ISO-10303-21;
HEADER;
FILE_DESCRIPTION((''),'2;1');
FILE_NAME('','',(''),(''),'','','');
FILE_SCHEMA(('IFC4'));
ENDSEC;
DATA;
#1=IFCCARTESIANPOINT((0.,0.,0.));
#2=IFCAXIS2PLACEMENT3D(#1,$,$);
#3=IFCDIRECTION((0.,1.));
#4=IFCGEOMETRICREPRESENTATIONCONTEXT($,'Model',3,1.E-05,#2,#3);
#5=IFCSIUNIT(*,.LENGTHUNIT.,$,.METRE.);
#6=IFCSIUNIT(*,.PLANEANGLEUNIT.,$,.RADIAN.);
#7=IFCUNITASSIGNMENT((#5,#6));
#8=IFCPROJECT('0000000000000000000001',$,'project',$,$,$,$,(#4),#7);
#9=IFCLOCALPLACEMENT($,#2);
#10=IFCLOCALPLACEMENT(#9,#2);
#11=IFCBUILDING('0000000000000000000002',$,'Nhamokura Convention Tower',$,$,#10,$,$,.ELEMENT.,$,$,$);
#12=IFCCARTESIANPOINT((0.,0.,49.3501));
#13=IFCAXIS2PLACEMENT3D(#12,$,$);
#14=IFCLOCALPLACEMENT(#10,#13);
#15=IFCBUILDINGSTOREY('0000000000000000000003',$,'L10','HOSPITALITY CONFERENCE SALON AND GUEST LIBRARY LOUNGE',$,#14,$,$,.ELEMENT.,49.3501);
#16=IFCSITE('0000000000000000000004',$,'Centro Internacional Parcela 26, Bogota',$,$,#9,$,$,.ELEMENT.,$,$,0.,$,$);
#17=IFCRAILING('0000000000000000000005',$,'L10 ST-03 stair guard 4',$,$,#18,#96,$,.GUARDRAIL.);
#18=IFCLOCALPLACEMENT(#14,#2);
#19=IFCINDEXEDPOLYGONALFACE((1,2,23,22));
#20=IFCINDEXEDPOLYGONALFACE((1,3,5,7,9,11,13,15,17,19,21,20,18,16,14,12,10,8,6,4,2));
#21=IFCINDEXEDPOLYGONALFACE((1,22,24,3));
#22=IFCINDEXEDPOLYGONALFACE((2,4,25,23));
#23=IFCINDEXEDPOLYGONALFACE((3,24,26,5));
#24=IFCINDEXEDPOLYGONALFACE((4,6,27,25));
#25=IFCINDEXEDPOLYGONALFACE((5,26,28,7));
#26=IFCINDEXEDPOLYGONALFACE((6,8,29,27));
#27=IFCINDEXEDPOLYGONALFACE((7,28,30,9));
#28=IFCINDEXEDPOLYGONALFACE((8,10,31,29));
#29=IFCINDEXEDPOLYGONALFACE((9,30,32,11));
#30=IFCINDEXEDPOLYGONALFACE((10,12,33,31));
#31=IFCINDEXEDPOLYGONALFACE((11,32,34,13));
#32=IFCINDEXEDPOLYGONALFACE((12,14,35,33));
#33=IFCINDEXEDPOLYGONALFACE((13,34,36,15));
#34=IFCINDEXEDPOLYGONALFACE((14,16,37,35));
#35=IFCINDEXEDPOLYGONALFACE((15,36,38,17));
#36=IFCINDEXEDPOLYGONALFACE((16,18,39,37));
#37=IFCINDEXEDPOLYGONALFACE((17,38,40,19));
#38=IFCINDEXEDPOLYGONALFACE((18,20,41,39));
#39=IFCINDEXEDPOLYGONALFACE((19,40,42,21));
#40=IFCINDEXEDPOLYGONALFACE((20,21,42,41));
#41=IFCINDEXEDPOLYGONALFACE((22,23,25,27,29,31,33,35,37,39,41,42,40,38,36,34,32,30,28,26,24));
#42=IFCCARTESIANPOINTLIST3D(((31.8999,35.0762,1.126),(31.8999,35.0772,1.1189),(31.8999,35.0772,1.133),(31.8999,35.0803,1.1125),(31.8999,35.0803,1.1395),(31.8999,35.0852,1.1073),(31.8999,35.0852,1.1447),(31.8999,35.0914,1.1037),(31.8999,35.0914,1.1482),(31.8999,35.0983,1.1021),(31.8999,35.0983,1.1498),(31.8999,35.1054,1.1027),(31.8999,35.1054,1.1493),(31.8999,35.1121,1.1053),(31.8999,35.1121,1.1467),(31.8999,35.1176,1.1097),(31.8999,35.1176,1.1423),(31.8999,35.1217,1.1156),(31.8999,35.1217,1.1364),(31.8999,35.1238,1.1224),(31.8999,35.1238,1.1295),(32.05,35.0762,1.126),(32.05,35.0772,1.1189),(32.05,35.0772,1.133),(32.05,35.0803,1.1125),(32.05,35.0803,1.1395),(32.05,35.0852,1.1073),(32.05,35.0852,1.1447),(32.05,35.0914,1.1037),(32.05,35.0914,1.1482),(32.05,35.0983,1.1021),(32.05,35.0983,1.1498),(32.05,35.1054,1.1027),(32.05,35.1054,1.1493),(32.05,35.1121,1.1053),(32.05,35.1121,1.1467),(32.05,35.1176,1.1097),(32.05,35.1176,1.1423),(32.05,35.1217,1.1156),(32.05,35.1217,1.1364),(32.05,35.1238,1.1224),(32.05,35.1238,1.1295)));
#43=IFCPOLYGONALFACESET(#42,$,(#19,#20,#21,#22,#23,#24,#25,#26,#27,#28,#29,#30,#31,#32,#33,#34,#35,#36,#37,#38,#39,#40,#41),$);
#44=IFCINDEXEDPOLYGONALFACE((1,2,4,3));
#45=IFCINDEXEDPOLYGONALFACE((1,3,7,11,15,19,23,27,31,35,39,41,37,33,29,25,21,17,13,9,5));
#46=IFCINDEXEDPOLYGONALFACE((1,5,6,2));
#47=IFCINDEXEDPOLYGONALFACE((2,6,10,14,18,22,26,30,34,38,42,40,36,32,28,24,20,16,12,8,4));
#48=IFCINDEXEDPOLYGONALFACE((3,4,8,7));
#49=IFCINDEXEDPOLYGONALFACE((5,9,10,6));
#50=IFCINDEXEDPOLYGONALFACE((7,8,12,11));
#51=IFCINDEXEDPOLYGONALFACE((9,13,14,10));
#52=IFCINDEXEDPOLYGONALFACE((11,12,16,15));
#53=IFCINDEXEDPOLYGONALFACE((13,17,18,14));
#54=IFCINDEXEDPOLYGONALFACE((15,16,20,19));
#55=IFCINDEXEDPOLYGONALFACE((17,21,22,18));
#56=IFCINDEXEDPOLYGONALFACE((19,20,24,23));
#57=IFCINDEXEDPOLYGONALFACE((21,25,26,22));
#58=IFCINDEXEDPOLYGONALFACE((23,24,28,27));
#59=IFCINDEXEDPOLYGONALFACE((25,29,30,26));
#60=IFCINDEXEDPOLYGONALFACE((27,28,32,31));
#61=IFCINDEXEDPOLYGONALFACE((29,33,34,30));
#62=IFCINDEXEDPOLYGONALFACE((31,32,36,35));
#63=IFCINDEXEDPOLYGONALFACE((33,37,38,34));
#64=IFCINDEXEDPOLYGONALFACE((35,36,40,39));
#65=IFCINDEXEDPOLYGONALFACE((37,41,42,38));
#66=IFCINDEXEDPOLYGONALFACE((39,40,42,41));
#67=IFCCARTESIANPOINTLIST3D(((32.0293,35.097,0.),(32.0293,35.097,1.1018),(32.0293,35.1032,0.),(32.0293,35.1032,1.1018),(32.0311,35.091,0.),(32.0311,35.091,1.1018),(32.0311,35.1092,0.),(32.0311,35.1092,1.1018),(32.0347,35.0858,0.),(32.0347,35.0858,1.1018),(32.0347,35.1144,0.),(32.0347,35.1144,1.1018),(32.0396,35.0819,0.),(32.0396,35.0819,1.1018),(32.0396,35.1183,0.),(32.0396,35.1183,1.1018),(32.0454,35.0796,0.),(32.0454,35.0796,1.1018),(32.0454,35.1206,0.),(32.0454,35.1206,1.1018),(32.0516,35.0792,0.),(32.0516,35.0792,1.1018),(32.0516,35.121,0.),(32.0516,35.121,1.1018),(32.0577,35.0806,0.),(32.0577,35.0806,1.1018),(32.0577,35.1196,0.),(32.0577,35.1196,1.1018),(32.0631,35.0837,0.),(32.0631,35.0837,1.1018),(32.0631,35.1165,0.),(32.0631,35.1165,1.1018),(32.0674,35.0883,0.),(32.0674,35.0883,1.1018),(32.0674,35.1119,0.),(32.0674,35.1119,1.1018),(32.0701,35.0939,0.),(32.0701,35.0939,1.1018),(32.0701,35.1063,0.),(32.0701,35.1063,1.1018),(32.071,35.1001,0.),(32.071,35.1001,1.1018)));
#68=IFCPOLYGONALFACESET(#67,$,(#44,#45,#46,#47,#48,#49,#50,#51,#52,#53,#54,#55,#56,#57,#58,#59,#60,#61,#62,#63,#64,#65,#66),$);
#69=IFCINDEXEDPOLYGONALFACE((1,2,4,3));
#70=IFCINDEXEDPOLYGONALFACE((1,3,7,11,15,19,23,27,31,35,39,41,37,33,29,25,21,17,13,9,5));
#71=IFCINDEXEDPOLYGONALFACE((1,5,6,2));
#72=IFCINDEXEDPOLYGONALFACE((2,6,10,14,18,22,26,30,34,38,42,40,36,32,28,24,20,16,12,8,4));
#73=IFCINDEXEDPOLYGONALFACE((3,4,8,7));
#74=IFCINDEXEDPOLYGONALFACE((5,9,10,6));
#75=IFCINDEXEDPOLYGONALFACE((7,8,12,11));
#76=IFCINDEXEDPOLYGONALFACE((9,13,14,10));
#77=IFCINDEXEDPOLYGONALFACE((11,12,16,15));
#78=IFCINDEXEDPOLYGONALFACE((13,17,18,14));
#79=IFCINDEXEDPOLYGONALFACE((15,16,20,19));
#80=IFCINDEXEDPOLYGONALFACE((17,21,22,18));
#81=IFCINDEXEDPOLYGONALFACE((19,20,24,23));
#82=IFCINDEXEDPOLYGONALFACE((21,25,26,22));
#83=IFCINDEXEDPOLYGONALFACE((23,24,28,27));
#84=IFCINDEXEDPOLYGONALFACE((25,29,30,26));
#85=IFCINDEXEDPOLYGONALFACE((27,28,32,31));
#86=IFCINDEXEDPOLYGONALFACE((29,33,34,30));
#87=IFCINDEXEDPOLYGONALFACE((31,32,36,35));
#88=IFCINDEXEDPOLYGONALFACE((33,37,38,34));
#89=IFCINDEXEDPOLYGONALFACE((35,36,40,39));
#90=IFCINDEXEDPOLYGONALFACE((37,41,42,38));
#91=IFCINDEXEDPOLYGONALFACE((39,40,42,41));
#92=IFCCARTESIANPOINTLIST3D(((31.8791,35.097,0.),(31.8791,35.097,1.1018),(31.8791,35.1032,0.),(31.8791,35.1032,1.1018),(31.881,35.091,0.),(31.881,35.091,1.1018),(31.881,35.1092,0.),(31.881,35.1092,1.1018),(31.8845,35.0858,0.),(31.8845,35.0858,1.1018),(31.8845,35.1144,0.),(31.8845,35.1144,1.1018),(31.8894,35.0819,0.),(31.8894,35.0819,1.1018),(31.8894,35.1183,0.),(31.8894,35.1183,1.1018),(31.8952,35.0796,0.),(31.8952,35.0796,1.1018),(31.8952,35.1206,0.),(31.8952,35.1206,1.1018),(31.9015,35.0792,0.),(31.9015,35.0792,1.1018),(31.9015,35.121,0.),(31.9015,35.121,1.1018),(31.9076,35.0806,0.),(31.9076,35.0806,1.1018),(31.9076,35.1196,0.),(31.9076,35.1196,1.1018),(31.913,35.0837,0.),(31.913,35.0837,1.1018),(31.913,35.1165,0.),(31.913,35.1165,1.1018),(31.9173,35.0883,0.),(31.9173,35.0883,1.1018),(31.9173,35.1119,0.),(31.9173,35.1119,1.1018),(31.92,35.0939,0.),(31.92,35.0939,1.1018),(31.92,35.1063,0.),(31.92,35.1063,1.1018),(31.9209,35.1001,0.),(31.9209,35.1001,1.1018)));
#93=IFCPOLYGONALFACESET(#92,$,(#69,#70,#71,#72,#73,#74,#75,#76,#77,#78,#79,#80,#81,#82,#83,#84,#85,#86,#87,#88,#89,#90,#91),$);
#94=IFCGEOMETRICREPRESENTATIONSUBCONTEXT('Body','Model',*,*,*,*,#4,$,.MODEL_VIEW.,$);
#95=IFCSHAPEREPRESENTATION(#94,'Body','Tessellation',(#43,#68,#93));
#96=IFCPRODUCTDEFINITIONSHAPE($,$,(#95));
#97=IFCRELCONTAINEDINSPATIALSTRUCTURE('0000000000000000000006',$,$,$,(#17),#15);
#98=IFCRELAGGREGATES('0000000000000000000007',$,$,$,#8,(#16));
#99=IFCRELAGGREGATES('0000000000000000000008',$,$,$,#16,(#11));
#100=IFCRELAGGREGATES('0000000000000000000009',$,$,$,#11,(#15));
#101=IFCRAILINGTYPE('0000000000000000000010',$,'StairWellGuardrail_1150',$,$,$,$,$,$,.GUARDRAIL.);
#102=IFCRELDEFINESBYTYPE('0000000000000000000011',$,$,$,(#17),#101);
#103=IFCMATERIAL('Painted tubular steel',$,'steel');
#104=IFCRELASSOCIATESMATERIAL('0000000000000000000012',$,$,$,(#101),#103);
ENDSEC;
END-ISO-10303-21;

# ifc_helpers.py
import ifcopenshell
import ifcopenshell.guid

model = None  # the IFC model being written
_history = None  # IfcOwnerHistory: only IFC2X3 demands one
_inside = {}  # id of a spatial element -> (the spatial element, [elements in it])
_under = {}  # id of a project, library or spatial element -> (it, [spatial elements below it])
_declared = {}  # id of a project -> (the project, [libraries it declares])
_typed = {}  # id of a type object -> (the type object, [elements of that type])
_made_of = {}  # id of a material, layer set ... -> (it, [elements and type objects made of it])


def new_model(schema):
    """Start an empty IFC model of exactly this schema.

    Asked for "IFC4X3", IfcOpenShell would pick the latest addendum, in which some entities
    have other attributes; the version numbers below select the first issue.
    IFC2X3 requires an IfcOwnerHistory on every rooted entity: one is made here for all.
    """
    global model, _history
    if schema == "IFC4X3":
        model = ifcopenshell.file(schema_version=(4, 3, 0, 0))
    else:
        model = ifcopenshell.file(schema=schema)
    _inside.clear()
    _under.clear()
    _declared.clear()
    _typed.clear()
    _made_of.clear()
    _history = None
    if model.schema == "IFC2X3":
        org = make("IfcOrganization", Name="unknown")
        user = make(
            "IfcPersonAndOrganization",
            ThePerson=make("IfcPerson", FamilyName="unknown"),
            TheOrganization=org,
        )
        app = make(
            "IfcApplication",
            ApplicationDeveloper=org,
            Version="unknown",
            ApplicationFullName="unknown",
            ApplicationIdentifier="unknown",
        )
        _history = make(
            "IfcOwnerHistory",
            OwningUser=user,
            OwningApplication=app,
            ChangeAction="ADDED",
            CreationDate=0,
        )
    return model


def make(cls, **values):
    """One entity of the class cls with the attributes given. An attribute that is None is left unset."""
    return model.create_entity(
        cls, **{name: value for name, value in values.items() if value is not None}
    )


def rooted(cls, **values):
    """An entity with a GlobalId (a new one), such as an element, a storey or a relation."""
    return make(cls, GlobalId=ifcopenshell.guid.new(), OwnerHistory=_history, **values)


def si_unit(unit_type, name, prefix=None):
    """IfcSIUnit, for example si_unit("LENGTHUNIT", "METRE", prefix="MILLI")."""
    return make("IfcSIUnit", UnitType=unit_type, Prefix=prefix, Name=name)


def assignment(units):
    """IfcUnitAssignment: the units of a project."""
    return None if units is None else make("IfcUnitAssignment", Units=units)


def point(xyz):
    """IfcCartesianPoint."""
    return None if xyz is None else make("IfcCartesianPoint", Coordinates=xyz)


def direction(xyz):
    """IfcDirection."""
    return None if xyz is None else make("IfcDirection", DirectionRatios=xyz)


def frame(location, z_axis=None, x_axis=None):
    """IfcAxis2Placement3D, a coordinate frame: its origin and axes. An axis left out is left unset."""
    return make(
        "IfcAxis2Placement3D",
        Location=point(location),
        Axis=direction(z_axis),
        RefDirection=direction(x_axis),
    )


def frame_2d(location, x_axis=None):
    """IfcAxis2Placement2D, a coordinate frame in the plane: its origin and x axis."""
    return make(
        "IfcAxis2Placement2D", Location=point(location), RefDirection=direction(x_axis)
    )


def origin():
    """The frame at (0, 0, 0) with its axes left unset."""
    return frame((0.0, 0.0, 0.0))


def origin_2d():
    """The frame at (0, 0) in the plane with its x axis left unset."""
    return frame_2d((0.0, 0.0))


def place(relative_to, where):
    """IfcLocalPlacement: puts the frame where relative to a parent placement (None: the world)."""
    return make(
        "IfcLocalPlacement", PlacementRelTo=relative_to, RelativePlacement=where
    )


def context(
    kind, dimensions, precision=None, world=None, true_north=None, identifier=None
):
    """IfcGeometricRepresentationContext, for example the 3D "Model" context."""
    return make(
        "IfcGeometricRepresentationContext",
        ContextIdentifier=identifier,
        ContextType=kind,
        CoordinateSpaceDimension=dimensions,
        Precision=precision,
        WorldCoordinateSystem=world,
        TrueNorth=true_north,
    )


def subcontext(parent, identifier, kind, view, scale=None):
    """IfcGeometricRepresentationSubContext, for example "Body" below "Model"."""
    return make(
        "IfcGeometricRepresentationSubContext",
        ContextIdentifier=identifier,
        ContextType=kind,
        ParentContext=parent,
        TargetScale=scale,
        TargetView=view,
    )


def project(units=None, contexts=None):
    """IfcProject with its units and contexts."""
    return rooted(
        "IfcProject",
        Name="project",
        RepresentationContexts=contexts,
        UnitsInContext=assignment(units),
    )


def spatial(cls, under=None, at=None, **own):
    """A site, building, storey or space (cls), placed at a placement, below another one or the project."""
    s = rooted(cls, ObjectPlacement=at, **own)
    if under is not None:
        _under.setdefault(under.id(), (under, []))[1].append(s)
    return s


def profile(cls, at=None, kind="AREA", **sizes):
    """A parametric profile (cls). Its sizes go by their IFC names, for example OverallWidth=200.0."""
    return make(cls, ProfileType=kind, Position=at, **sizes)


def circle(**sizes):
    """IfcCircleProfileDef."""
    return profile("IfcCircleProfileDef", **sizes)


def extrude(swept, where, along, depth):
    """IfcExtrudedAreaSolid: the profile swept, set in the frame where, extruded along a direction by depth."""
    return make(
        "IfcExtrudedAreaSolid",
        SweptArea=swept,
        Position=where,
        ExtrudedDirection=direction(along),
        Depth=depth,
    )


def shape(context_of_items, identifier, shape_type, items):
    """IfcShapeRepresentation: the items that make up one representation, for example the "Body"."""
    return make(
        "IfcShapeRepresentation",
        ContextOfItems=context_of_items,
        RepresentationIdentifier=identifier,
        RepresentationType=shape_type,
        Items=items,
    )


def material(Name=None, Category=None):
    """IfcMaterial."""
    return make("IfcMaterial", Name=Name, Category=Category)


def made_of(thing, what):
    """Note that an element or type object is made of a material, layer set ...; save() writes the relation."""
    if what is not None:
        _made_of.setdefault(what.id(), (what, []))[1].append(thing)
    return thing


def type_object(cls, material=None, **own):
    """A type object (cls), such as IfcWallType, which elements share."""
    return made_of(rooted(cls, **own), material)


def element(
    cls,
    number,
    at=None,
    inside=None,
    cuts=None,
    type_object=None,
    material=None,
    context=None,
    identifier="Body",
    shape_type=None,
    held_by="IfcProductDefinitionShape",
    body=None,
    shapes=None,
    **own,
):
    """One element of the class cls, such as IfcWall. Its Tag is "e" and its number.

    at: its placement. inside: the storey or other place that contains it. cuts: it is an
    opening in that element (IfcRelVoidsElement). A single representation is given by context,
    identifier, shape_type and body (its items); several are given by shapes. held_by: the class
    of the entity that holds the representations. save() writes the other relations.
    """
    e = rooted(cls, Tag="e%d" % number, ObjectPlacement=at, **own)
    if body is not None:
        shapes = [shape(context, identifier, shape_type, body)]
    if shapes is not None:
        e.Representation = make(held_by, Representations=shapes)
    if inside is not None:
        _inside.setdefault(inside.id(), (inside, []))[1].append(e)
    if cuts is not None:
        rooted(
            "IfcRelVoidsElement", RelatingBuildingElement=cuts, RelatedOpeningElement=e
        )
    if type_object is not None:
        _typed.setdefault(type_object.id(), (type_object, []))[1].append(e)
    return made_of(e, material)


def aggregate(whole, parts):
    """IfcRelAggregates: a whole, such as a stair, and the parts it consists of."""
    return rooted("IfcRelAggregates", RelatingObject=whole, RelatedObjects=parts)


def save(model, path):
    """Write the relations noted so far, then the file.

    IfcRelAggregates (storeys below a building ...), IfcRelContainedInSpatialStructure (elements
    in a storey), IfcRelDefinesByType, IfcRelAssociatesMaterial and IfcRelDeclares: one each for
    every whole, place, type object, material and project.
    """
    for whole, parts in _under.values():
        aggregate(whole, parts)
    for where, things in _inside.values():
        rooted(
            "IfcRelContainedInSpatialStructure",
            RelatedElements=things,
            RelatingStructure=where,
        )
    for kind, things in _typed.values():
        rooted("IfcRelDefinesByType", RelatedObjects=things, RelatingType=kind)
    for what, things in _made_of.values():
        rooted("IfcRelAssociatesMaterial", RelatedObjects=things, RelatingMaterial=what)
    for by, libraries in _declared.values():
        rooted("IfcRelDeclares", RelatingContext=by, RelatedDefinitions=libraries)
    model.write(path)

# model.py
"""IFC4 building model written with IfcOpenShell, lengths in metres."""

from ifc_helpers import new_model, si_unit, direction, frame, origin, origin_2d, place, context, subcontext, project, spatial, circle, extrude, material, type_object, element, save


model = new_model("IFC4")

# Units and contexts
model_context = context("Model", 3, precision=1e-05, world=origin(), true_north=direction((0.0, 1.0)))
body_context = subcontext(model_context, "Body", "Model", "MODEL_VIEW")
ifc_project = project(units=[si_unit("LENGTHUNIT", "METRE"), si_unit("PLANEANGLEUNIT", "RADIAN")], contexts=[model_context])

# Site, building, storey
site_placement = place(None, origin())
site = spatial("IfcSite", under=ifc_project, at=site_placement, Name="Centro Internacional Parcela 26, Bogota", CompositionType="ELEMENT", RefElevation=0.0)
building_placement = place(site_placement, origin())
building = spatial("IfcBuilding", under=site, at=building_placement, Name="Nhamokura Convention Tower", CompositionType="ELEMENT")
storey_placement = place(building_placement, frame((0.0, 0.0, 49.3501)))
storey = spatial("IfcBuildingStorey", under=building, at=storey_placement, Name="L10", Description="HOSPITALITY CONFERENCE SALON AND GUEST LIBRARY LOUNGE", CompositionType="ELEMENT", Elevation=49.3501)

# Railing
ifc_material_1 = material(Name="Painted tubular steel", Category="steel")
railing_type_1 = type_object("IfcRailingType", Name="StairWellGuardrail_1150", PredefinedType="GUARDRAIL", material=ifc_material_1)
railing_1_placement = place(storey_placement, frame((32.05, 35.1001, 0.0)))
element("IfcRailing", 1, at=railing_1_placement, inside=storey, type_object=railing_type_1, Name="L10 ST-03 stair guard 4", PredefinedType="GUARDRAIL", context=body_context, shape_type="SweptSolid", body=[
    extrude(circle(Radius=0.0239, at=origin_2d()), frame((0.0, 0.0, 1.126), z_axis=(-1.0, 0.0, 0.0), x_axis=(0.0, -1.0, 0.0)), (0.0, 0.0, 1.0), 0.1501),
    extrude(circle(Radius=0.021, at=origin_2d()), origin(), (0.0, 0.0, 1.0), 1.1018),
    extrude(circle(Radius=0.021, at=origin_2d()), frame((-0.1501, 0.0, 0.0)), (0.0, 0.0, 1.0), 1.1018),
])

save(model, "model.ifc")
